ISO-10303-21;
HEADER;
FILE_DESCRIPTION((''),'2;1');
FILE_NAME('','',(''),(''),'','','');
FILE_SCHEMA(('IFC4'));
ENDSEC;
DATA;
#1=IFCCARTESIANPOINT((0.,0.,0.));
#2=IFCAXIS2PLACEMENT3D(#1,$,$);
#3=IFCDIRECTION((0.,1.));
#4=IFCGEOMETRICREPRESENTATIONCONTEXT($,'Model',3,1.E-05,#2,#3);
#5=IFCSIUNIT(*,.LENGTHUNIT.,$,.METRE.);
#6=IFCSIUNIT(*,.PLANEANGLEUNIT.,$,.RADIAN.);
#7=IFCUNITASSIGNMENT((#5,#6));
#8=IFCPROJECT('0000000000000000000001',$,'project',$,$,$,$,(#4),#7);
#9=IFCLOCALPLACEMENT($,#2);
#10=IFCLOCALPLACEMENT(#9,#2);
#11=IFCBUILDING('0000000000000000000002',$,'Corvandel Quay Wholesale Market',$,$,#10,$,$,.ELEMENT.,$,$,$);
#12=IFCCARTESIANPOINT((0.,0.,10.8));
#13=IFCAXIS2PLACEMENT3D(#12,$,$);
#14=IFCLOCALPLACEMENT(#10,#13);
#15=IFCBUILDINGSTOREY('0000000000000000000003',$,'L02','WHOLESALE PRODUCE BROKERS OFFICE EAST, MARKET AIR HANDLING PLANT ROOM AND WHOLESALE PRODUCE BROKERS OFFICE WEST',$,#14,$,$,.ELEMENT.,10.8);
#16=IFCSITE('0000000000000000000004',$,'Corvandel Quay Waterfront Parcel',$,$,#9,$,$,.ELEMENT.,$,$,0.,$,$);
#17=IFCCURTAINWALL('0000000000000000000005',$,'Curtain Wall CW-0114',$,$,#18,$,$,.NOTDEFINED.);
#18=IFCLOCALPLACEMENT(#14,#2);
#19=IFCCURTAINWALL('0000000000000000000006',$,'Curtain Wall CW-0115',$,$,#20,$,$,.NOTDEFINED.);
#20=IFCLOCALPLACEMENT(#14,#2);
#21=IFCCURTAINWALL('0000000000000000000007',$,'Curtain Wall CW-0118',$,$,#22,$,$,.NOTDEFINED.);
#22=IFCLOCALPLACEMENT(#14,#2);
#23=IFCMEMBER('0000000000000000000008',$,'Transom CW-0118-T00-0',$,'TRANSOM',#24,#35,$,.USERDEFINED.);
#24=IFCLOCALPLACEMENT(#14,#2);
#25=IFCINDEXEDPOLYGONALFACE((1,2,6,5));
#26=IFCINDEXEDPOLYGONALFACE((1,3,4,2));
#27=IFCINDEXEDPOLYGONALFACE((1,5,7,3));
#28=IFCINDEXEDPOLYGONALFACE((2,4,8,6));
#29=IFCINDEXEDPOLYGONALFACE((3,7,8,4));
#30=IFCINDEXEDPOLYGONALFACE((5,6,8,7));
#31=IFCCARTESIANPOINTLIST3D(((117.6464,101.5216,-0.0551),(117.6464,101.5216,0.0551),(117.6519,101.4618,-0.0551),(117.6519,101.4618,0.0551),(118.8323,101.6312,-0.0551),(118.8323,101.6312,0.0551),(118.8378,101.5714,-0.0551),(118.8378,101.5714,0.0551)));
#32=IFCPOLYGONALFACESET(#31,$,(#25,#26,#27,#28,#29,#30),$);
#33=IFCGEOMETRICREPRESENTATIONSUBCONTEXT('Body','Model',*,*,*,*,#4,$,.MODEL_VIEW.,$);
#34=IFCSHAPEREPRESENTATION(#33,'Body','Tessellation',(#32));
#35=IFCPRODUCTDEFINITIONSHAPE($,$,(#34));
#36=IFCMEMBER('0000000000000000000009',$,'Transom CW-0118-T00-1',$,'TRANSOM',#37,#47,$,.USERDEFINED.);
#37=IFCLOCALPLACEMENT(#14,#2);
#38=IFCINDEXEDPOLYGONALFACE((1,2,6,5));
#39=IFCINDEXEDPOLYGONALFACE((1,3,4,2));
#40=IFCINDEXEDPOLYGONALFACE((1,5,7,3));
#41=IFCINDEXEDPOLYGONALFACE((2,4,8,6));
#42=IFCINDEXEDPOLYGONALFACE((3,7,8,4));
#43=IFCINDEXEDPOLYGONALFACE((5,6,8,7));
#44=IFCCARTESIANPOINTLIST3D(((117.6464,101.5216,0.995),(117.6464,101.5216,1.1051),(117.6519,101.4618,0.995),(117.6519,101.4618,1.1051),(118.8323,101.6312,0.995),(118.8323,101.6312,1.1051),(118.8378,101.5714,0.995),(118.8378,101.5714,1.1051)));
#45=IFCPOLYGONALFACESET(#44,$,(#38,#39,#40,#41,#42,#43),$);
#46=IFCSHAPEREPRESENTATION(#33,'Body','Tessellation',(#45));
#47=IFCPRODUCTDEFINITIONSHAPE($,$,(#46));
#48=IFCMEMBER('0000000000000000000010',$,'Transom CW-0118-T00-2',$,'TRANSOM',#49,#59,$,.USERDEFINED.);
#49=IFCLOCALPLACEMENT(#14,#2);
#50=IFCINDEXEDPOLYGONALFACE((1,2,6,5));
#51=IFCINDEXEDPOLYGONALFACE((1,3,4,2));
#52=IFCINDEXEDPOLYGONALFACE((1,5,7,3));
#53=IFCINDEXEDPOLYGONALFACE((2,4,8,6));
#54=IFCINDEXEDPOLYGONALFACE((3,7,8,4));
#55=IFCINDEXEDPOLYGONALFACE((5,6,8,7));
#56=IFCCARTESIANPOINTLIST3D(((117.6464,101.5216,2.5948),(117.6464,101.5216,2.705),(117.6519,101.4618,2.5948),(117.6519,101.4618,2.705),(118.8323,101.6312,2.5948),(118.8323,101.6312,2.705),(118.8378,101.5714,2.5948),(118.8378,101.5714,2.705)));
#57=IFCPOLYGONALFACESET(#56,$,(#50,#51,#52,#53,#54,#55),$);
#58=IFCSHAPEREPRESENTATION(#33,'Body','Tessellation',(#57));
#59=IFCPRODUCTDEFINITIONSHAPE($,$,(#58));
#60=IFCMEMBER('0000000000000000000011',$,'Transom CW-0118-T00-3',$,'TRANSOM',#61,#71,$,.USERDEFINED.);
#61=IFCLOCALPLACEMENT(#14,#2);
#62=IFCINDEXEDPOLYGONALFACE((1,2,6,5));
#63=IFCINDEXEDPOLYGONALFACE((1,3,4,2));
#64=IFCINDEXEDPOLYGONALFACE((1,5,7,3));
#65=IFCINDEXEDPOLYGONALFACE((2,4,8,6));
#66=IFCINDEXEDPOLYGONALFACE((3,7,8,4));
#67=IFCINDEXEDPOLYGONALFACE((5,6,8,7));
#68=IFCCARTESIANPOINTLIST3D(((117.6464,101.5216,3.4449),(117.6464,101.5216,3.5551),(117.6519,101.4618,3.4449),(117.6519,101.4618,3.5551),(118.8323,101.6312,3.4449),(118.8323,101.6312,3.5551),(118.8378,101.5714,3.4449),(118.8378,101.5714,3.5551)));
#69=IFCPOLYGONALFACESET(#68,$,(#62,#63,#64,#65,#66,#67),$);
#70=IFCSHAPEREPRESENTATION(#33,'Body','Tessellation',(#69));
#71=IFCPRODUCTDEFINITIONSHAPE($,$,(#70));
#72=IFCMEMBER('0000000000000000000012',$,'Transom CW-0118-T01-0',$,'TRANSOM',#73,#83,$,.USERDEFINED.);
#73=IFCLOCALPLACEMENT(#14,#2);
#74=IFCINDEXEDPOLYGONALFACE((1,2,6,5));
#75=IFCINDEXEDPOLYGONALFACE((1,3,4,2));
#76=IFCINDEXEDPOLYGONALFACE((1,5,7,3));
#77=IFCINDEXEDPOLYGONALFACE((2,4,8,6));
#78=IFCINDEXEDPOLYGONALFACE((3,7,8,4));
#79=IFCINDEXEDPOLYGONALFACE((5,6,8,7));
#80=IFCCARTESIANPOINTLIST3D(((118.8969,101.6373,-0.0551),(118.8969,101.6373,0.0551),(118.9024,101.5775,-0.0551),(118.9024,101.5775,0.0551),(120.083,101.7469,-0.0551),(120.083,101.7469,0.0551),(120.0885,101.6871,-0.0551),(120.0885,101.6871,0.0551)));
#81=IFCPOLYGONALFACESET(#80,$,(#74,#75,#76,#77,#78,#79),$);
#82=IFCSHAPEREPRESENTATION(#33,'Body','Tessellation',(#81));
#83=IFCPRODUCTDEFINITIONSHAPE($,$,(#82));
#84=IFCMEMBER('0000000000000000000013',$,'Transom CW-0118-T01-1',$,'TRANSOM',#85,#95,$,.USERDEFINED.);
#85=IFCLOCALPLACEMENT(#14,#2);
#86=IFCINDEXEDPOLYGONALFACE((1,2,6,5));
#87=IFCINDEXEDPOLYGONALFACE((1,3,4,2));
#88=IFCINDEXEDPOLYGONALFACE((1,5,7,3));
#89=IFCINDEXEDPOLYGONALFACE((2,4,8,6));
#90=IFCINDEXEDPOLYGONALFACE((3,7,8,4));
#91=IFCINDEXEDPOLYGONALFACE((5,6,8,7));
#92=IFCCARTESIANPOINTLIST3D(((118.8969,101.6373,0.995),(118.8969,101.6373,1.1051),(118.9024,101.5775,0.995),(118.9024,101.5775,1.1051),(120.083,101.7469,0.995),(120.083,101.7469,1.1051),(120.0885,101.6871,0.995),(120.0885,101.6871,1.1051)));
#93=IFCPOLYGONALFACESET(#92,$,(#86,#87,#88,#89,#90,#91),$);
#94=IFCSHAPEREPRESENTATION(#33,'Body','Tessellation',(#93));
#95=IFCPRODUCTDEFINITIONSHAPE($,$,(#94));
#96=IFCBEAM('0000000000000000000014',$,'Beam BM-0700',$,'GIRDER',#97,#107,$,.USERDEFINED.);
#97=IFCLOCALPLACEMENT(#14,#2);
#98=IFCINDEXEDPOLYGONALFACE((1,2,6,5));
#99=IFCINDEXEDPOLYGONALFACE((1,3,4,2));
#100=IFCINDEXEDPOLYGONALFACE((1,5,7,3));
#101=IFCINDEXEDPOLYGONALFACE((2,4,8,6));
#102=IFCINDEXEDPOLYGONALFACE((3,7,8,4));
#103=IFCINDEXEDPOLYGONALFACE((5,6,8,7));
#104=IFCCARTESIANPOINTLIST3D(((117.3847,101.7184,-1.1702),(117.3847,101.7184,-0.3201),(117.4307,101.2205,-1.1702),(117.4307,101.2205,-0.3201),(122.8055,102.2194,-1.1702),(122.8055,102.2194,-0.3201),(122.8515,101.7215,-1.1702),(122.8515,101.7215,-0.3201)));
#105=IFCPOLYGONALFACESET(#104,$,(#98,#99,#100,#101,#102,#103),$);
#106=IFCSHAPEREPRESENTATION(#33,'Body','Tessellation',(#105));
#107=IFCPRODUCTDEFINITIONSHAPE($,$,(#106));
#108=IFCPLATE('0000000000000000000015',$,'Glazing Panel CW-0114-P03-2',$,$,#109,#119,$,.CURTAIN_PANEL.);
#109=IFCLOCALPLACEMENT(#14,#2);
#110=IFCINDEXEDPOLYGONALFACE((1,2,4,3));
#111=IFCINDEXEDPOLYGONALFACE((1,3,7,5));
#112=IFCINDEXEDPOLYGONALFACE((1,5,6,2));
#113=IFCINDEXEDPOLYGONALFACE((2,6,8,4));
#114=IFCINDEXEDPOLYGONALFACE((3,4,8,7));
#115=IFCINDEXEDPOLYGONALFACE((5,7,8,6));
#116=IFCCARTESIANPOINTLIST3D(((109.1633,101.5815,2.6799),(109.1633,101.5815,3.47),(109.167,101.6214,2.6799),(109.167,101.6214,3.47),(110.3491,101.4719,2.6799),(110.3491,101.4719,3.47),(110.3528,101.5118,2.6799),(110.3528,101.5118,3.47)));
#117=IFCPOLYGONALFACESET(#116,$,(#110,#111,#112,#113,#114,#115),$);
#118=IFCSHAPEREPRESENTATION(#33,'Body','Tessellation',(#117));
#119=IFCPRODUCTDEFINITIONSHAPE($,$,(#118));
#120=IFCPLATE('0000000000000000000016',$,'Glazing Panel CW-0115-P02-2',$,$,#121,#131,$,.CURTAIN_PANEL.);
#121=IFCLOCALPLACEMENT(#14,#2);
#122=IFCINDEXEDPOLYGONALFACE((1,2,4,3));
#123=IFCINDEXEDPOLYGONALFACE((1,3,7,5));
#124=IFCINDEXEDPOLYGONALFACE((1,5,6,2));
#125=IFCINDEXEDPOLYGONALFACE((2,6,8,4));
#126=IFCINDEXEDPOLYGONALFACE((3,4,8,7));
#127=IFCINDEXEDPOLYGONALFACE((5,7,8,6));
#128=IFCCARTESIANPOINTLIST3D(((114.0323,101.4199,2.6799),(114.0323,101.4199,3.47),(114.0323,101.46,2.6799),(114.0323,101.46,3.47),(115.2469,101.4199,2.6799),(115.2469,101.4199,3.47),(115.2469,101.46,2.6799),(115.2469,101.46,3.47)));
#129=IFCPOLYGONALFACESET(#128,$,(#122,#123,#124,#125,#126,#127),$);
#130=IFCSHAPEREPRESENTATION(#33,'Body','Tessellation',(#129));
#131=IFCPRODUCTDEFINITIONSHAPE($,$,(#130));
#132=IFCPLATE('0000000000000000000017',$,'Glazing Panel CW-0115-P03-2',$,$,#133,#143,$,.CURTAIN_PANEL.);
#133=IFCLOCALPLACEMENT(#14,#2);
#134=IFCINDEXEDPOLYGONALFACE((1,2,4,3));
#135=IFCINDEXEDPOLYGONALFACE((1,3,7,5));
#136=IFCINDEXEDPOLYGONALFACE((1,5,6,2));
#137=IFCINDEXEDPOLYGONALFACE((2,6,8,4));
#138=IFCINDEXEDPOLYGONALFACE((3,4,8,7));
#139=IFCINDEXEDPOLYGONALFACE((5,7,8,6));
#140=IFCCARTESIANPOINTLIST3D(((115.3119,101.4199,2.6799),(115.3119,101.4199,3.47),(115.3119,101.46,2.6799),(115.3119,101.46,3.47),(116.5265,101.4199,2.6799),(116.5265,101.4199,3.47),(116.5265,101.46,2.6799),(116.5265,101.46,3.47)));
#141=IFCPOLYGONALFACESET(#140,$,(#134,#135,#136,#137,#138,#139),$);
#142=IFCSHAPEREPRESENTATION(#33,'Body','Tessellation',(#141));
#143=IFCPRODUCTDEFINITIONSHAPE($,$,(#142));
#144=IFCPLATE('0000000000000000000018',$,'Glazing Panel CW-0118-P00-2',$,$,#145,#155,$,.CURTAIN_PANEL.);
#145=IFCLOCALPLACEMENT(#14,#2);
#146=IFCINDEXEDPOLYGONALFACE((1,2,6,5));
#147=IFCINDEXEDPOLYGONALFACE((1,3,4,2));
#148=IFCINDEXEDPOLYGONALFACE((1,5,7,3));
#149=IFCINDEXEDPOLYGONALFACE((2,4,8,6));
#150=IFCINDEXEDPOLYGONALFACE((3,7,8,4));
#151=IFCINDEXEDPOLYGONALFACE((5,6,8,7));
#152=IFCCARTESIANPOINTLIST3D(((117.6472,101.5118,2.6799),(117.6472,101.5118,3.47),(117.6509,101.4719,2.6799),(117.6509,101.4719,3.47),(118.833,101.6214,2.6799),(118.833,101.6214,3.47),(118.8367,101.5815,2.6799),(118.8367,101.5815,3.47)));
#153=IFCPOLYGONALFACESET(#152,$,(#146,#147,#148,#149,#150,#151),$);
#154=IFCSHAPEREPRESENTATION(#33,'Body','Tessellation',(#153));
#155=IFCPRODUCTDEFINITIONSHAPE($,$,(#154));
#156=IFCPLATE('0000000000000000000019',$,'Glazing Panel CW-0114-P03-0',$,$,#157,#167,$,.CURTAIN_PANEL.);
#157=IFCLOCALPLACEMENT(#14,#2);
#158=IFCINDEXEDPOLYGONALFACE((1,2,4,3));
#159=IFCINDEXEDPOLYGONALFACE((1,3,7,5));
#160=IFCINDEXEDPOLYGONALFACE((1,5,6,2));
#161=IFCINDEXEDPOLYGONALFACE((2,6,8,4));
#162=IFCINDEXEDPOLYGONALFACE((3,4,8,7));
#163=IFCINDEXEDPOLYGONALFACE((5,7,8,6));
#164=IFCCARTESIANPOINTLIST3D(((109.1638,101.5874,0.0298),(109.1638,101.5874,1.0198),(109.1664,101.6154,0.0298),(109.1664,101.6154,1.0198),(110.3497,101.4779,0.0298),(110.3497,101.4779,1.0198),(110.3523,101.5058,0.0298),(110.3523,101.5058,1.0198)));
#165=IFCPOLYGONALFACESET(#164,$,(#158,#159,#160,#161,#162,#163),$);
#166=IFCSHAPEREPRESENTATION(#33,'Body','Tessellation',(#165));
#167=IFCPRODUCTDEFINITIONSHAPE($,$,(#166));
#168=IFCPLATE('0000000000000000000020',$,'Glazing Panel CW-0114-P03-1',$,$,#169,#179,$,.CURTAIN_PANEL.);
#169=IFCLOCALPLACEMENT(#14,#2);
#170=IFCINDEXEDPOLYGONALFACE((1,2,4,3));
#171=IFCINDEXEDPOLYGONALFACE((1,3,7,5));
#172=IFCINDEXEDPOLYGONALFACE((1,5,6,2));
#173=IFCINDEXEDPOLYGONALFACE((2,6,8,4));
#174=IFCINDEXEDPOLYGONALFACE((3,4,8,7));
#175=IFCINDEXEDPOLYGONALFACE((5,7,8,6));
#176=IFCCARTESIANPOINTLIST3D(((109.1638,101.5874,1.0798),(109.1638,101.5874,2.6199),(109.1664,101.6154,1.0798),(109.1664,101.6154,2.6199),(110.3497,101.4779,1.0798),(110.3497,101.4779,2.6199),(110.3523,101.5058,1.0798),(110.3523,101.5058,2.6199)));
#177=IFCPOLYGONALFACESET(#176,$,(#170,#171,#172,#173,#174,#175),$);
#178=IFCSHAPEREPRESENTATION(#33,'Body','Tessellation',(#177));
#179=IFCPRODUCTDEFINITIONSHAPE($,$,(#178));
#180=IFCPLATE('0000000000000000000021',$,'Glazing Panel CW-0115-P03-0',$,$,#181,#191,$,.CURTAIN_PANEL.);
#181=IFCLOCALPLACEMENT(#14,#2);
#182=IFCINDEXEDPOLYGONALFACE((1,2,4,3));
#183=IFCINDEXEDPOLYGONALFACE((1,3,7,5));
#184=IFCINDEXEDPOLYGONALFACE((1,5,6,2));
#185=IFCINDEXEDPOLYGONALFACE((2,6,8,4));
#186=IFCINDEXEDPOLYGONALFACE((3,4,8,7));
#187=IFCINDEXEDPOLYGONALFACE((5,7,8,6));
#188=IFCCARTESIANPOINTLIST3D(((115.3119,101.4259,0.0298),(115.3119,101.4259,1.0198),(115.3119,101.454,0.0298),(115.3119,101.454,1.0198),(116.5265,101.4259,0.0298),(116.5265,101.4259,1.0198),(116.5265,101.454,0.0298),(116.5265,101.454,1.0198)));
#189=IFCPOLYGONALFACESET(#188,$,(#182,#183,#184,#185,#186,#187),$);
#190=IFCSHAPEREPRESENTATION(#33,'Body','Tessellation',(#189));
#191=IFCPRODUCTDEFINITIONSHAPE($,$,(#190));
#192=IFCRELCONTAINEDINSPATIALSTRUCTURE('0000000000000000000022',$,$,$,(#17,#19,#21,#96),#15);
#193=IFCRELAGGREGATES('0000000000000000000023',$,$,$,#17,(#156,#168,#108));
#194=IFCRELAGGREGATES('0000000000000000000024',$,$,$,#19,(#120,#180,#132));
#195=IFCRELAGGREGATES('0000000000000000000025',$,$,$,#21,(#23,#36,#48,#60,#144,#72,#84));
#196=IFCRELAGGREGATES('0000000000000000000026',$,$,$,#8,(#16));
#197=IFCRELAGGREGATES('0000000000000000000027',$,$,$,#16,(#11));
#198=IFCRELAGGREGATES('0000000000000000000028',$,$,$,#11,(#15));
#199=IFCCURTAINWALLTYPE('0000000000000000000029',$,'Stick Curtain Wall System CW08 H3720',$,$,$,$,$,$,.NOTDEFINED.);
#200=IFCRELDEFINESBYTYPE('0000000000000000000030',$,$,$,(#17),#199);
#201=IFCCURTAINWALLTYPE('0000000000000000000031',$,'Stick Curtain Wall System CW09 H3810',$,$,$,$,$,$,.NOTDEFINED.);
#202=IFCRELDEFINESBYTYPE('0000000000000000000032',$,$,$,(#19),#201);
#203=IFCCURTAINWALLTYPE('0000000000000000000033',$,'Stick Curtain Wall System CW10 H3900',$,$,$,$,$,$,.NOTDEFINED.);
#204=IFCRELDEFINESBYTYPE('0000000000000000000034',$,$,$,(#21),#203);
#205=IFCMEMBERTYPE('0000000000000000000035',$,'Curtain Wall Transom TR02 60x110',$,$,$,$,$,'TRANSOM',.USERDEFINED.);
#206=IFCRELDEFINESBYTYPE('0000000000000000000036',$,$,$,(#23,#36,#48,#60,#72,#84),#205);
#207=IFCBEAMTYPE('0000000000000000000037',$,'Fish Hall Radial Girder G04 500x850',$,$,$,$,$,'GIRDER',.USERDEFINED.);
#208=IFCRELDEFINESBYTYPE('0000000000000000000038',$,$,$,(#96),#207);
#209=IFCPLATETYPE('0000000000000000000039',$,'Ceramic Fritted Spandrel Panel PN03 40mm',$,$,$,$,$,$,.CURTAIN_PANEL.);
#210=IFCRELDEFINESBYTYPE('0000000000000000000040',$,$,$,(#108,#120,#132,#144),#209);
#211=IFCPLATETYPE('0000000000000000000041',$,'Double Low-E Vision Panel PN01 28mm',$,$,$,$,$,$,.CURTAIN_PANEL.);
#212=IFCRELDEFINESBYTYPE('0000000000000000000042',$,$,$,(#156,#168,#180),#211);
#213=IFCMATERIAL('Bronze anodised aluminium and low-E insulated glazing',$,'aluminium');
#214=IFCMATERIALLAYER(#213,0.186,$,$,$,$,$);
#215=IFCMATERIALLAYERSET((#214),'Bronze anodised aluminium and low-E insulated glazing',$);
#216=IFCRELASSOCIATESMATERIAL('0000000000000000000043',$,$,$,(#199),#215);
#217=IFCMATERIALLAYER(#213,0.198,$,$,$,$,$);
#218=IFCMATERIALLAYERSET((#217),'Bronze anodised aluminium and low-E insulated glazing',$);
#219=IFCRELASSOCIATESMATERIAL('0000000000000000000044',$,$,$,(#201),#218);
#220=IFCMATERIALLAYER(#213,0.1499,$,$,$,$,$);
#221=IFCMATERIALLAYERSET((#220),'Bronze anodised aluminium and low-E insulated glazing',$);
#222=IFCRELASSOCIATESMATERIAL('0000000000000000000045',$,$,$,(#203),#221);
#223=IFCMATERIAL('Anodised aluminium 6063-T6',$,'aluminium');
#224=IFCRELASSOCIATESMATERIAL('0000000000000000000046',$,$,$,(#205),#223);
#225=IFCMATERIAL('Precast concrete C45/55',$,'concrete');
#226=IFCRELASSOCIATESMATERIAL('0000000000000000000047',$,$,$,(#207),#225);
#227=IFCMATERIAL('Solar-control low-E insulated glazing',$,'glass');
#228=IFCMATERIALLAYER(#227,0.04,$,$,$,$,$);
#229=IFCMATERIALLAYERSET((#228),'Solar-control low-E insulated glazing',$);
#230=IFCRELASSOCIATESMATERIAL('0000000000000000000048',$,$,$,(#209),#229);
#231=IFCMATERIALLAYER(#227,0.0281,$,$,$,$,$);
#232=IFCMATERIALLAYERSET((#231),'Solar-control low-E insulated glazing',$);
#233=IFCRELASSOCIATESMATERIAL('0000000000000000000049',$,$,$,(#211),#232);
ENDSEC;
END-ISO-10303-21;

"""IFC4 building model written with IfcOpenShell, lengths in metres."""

from ifc_helpers import new_model, si_unit, direction, frame, origin, origin_2d, place, context, subcontext, project, spatial, rectangle, extrude, material, layer, layer_set, material_profile, profile_set, type_object, element, aggregate, save


model = new_model("IFC4")

# Units and contexts
model_context = context("Model", 3, precision=1e-05, world=origin(), true_north=direction((0.0, 1.0)))
body_context = subcontext(model_context, "Body", "Model", "MODEL_VIEW")
ifc_project = project(units=[si_unit("LENGTHUNIT", "METRE"), si_unit("PLANEANGLEUNIT", "RADIAN")], contexts=[model_context])

# Site, building, storey
site_placement = place(None, origin())
site = spatial("IfcSite", under=ifc_project, at=site_placement, Name="Corvandel Quay Waterfront Parcel", CompositionType="ELEMENT", RefElevation=0.0)
building_placement = place(site_placement, origin())
building = spatial("IfcBuilding", under=site, at=building_placement, Name="Corvandel Quay Wholesale Market", CompositionType="ELEMENT")
storey_placement = place(building_placement, frame((0.0, 0.0, 10.8)))
storey = spatial("IfcBuildingStorey", under=building, at=storey_placement, Name="L02", Description="WHOLESALE PRODUCE BROKERS OFFICE EAST, MARKET AIR HANDLING PLANT ROOM AND WHOLESALE PRODUCE BROKERS OFFICE WEST", CompositionType="ELEMENT", Elevation=10.8)

# Shared definitions
ifc_material_1 = material(Name="Precast concrete C45/55", Category="concrete")

# Curtain wall
ifc_material_2 = material(Name="Bronze anodised aluminium and low-E insulated glazing", Category="aluminium")
ifc_layer_1 = layer(ifc_material_2, 0.186)
ifc_layer_set_1 = layer_set([ifc_layer_1], Name="Bronze anodised aluminium and low-E insulated glazing")
curtain_wall_type_1 = type_object("IfcCurtainWallType", Name="Stick Curtain Wall System CW08 H3720", PredefinedType="NOTDEFINED", material=ifc_layer_set_1)
curtain_wall_1_placement = place(storey_placement, origin())
curtain_wall_1 = element("IfcCurtainWall", 1, at=curtain_wall_1_placement, inside=storey, type_object=curtain_wall_type_1, Name="Curtain Wall CW-0114", PredefinedType="NOTDEFINED")
ifc_material_3 = material(Name="Anodised aluminium 6063-T6", Category="aluminium")

# Curtain walls
ifc_layer_2 = layer(ifc_material_2, 0.198)
ifc_layer_set_2 = layer_set([ifc_layer_2], Name="Bronze anodised aluminium and low-E insulated glazing")
curtain_wall_type_2 = type_object("IfcCurtainWallType", Name="Stick Curtain Wall System CW09 H3810", PredefinedType="NOTDEFINED", material=ifc_layer_set_2)
curtain_wall_2_placement = place(storey_placement, origin())
curtain_wall_2 = element("IfcCurtainWall", 2, at=curtain_wall_2_placement, inside=storey, type_object=curtain_wall_type_2, Name="Curtain Wall CW-0115", PredefinedType="NOTDEFINED")
ifc_layer_3 = layer(ifc_material_2, 0.1499)
ifc_layer_set_3 = layer_set([ifc_layer_3], Name="Bronze anodised aluminium and low-E insulated glazing")
curtain_wall_type_3 = type_object("IfcCurtainWallType", Name="Stick Curtain Wall System CW10 H3900", PredefinedType="NOTDEFINED", material=ifc_layer_set_3)
curtain_wall_3_placement = place(storey_placement, origin())
curtain_wall_3 = element("IfcCurtainWall", 3, at=curtain_wall_3_placement, inside=storey, type_object=curtain_wall_type_3, Name="Curtain Wall CW-0118", PredefinedType="NOTDEFINED")

# Members
ifc_material_profile_1 = material_profile(ifc_material_3, rectangle(XDim=0.0601, YDim=0.1101, at=origin_2d()), Name="ALU-TRN-60x110")
ifc_profile_set_1 = profile_set([ifc_material_profile_1], Name="Anodised aluminium 6063-T6")
member_type_1 = type_object("IfcMemberType", Name="Curtain Wall Transom TR02 60x110", ElementType="TRANSOM", PredefinedType="USERDEFINED", material=ifc_profile_set_1)
member_1_placement = place(storey_placement, frame((117.6492, 101.4917, 0.0), z_axis=(0.995754, 0.092051, 0.0), x_axis=(-0.092051, 0.995754, 0.0)))
member_1 = element("IfcMember", 4, at=member_1_placement, type_object=member_type_1, Name="Transom CW-0118-T00-0", ObjectType="TRANSOM", PredefinedType="USERDEFINED", context=body_context, shape_type="SweptSolid", body=[
    extrude(rectangle(XDim=0.0601, YDim=0.1101, at=origin_2d()), origin(), (0.0, 0.0, 1.0), 1.1909),
])
member_2_placement = place(storey_placement, frame((117.6492, 101.4917, 1.05), z_axis=(0.995754, 0.092051, 0.0), x_axis=(-0.092051, 0.995754, 0.0)))
member_2 = element("IfcMember", 5, at=member_2_placement, type_object=member_type_1, Name="Transom CW-0118-T00-1", ObjectType="TRANSOM", PredefinedType="USERDEFINED", context=body_context, shape_type="SweptSolid", body=[
    extrude(rectangle(XDim=0.0601, YDim=0.1101, at=origin_2d()), origin(), (0.0, 0.0, 1.0), 1.1909),
])
member_3_placement = place(storey_placement, frame((117.6492, 101.4917, 2.6499), z_axis=(0.995754, 0.092051, 0.0), x_axis=(-0.092051, 0.995754, 0.0)))
member_3 = element("IfcMember", 6, at=member_3_placement, type_object=member_type_1, Name="Transom CW-0118-T00-2", ObjectType="TRANSOM", PredefinedType="USERDEFINED", context=body_context, shape_type="SweptSolid", body=[
    extrude(rectangle(XDim=0.0601, YDim=0.1101, at=origin_2d()), origin(), (0.0, 0.0, 1.0), 1.1909),
])
member_4_placement = place(storey_placement, frame((117.6492, 101.4917, 3.5), z_axis=(0.995754, 0.092051, 0.0), x_axis=(-0.092051, 0.995754, 0.0)))
member_4 = element("IfcMember", 7, at=member_4_placement, type_object=member_type_1, Name="Transom CW-0118-T00-3", ObjectType="TRANSOM", PredefinedType="USERDEFINED", context=body_context, shape_type="SweptSolid", body=[
    extrude(rectangle(XDim=0.0601, YDim=0.1101, at=origin_2d()), origin(), (0.0, 0.0, 1.0), 1.1909),
])
member_5_placement = place(storey_placement, frame((118.8997, 101.6074, 0.0), z_axis=(0.995756, 0.092033, 0.0), x_axis=(-0.092033, 0.995756, 0.0)))
member_5 = element("IfcMember", 8, at=member_5_placement, type_object=member_type_1, Name="Transom CW-0118-T01-0", ObjectType="TRANSOM", PredefinedType="USERDEFINED", context=body_context, shape_type="SweptSolid", body=[
    extrude(rectangle(XDim=0.0601, YDim=0.1101, at=origin_2d()), origin(), (0.0, 0.0, 1.0), 1.1912),
])
member_6_placement = place(storey_placement, frame((118.8997, 101.6074, 1.05), z_axis=(0.995756, 0.092033, 0.0), x_axis=(-0.092033, 0.995756, 0.0)))
member_6 = element("IfcMember", 9, at=member_6_placement, type_object=member_type_1, Name="Transom CW-0118-T01-1", ObjectType="TRANSOM", PredefinedType="USERDEFINED", context=body_context, shape_type="SweptSolid", body=[
    extrude(rectangle(XDim=0.0601, YDim=0.1101, at=origin_2d()), origin(), (0.0, 0.0, 1.0), 1.1912),
])

# Beam
ifc_material_profile_2 = material_profile(ifc_material_1, rectangle(XDim=0.5, YDim=0.8501, at=origin_2d()), Name="PC-GIR-500x850")
ifc_profile_set_2 = profile_set([ifc_material_profile_2], Name="Precast concrete C45/55")
beam_type = type_object("IfcBeamType", Name="Fish Hall Radial Girder G04 500x850", ElementType="GIRDER", PredefinedType="USERDEFINED", material=ifc_profile_set_2)
beam_placement = place(storey_placement, frame((117.4077, 101.4695, -0.7451), z_axis=(0.995756, 0.092028, 0.0), x_axis=(-0.092028, 0.995756, 0.0)))
element("IfcBeam", 10, at=beam_placement, inside=storey, type_object=beam_type, Name="Beam BM-0700", ObjectType="GIRDER", PredefinedType="USERDEFINED", context=body_context, shape_type="SweptSolid", body=[
    extrude(rectangle(XDim=0.5, YDim=0.8501, at=origin_2d()), origin(), (0.0, 0.0, 1.0), 5.4438),
])

# Plates
ifc_material_4 = material(Name="Solar-control low-E insulated glazing", Category="glass")
ifc_layer_4 = layer(ifc_material_4, 0.04)
ifc_layer_set_4 = layer_set([ifc_layer_4], Name="Solar-control low-E insulated glazing")
plate_type_1 = type_object("IfcPlateType", Name="Ceramic Fritted Spandrel Panel PN03 40mm", PredefinedType="CURTAIN_PANEL", material=ifc_layer_set_4)
plate_1_placement = place(storey_placement, frame((109.7581, 101.5466, 2.6799), z_axis=(0.0, 0.0, 1.0), x_axis=(-0.995757, 0.092023, 0.0)))
plate_1 = element("IfcPlate", 11, at=plate_1_placement, type_object=plate_type_1, Name="Glazing Panel CW-0114-P03-2", PredefinedType="CURTAIN_PANEL", context=body_context, shape_type="SweptSolid", body=[
    extrude(rectangle(XDim=1.1909, YDim=0.04, at=origin_2d()), origin(), (0.0, 0.0, 1.0), 0.79),
])
plate_2_placement = place(storey_placement, frame((114.6396, 101.4399, 2.6799), z_axis=(0.0, 0.0, 1.0), x_axis=(1.0, 0.0, 0.0)))
plate_2 = element("IfcPlate", 12, at=plate_2_placement, type_object=plate_type_1, Name="Glazing Panel CW-0115-P02-2", PredefinedType="CURTAIN_PANEL", context=body_context, shape_type="SweptSolid", body=[
    extrude(rectangle(XDim=1.2146, YDim=0.04, at=origin_2d()), origin(), (0.0, 0.0, 1.0), 0.79),
])
plate_3_placement = place(storey_placement, frame((115.9192, 101.4399, 2.6799), z_axis=(0.0, 0.0, 1.0), x_axis=(1.0, 0.0, 0.0)))
plate_3 = element("IfcPlate", 13, at=plate_3_placement, type_object=plate_type_1, Name="Glazing Panel CW-0115-P03-2", PredefinedType="CURTAIN_PANEL", context=body_context, shape_type="SweptSolid", body=[
    extrude(rectangle(XDim=1.2146, YDim=0.04, at=origin_2d()), origin(), (0.0, 0.0, 1.0), 0.79),
])
plate_4_placement = place(storey_placement, frame((118.2419, 101.5466, 2.6799), z_axis=(0.0, 0.0, 1.0), x_axis=(0.995757, 0.092023, 0.0)))
plate_4 = element("IfcPlate", 14, at=plate_4_placement, type_object=plate_type_1, Name="Glazing Panel CW-0118-P00-2", PredefinedType="CURTAIN_PANEL", context=body_context, shape_type="SweptSolid", body=[
    extrude(rectangle(XDim=1.1909, YDim=0.04, at=origin_2d()), origin(), (0.0, 0.0, 1.0), 0.79),
])
ifc_layer_5 = layer(ifc_material_4, 0.0281)
ifc_layer_set_5 = layer_set([ifc_layer_5], Name="Solar-control low-E insulated glazing")
plate_type_2 = type_object("IfcPlateType", Name="Double Low-E Vision Panel PN01 28mm", PredefinedType="CURTAIN_PANEL", material=ifc_layer_set_5)
plate_5_placement = place(storey_placement, frame((109.7581, 101.5466, 0.0298), z_axis=(0.0, 0.0, 1.0), x_axis=(-0.995757, 0.092023, 0.0)))
plate_5 = element("IfcPlate", 15, at=plate_5_placement, type_object=plate_type_2, Name="Glazing Panel CW-0114-P03-0", PredefinedType="CURTAIN_PANEL", context=body_context, shape_type="SweptSolid", body=[
    extrude(rectangle(XDim=1.1909, YDim=0.0281, at=origin_2d()), origin(), (0.0, 0.0, 1.0), 0.99),
])
plate_6_placement = place(storey_placement, frame((109.7581, 101.5466, 1.0798), z_axis=(0.0, 0.0, 1.0), x_axis=(-0.995757, 0.092023, 0.0)))
plate_6 = element("IfcPlate", 16, at=plate_6_placement, type_object=plate_type_2, Name="Glazing Panel CW-0114-P03-1", PredefinedType="CURTAIN_PANEL", context=body_context, shape_type="SweptSolid", body=[
    extrude(rectangle(XDim=1.1909, YDim=0.0281, at=origin_2d()), origin(), (0.0, 0.0, 1.0), 1.54),
])
aggregate(curtain_wall_1, [plate_5, plate_6, plate_1])
plate_7_placement = place(storey_placement, frame((115.9192, 101.4399, 0.0298), z_axis=(0.0, 0.0, 1.0), x_axis=(1.0, 0.0, 0.0)))
plate_7 = element("IfcPlate", 17, at=plate_7_placement, type_object=plate_type_2, Name="Glazing Panel CW-0115-P03-0", PredefinedType="CURTAIN_PANEL", context=body_context, shape_type="SweptSolid", body=[
    extrude(rectangle(XDim=1.2146, YDim=0.0281, at=origin_2d()), origin(), (0.0, 0.0, 1.0), 0.99),
])
aggregate(curtain_wall_2, [plate_2, plate_7, plate_3])
aggregate(curtain_wall_3, [member_1, member_2, member_3, member_4, plate_4, member_5, member_6])

save(model, "model.ifc")
